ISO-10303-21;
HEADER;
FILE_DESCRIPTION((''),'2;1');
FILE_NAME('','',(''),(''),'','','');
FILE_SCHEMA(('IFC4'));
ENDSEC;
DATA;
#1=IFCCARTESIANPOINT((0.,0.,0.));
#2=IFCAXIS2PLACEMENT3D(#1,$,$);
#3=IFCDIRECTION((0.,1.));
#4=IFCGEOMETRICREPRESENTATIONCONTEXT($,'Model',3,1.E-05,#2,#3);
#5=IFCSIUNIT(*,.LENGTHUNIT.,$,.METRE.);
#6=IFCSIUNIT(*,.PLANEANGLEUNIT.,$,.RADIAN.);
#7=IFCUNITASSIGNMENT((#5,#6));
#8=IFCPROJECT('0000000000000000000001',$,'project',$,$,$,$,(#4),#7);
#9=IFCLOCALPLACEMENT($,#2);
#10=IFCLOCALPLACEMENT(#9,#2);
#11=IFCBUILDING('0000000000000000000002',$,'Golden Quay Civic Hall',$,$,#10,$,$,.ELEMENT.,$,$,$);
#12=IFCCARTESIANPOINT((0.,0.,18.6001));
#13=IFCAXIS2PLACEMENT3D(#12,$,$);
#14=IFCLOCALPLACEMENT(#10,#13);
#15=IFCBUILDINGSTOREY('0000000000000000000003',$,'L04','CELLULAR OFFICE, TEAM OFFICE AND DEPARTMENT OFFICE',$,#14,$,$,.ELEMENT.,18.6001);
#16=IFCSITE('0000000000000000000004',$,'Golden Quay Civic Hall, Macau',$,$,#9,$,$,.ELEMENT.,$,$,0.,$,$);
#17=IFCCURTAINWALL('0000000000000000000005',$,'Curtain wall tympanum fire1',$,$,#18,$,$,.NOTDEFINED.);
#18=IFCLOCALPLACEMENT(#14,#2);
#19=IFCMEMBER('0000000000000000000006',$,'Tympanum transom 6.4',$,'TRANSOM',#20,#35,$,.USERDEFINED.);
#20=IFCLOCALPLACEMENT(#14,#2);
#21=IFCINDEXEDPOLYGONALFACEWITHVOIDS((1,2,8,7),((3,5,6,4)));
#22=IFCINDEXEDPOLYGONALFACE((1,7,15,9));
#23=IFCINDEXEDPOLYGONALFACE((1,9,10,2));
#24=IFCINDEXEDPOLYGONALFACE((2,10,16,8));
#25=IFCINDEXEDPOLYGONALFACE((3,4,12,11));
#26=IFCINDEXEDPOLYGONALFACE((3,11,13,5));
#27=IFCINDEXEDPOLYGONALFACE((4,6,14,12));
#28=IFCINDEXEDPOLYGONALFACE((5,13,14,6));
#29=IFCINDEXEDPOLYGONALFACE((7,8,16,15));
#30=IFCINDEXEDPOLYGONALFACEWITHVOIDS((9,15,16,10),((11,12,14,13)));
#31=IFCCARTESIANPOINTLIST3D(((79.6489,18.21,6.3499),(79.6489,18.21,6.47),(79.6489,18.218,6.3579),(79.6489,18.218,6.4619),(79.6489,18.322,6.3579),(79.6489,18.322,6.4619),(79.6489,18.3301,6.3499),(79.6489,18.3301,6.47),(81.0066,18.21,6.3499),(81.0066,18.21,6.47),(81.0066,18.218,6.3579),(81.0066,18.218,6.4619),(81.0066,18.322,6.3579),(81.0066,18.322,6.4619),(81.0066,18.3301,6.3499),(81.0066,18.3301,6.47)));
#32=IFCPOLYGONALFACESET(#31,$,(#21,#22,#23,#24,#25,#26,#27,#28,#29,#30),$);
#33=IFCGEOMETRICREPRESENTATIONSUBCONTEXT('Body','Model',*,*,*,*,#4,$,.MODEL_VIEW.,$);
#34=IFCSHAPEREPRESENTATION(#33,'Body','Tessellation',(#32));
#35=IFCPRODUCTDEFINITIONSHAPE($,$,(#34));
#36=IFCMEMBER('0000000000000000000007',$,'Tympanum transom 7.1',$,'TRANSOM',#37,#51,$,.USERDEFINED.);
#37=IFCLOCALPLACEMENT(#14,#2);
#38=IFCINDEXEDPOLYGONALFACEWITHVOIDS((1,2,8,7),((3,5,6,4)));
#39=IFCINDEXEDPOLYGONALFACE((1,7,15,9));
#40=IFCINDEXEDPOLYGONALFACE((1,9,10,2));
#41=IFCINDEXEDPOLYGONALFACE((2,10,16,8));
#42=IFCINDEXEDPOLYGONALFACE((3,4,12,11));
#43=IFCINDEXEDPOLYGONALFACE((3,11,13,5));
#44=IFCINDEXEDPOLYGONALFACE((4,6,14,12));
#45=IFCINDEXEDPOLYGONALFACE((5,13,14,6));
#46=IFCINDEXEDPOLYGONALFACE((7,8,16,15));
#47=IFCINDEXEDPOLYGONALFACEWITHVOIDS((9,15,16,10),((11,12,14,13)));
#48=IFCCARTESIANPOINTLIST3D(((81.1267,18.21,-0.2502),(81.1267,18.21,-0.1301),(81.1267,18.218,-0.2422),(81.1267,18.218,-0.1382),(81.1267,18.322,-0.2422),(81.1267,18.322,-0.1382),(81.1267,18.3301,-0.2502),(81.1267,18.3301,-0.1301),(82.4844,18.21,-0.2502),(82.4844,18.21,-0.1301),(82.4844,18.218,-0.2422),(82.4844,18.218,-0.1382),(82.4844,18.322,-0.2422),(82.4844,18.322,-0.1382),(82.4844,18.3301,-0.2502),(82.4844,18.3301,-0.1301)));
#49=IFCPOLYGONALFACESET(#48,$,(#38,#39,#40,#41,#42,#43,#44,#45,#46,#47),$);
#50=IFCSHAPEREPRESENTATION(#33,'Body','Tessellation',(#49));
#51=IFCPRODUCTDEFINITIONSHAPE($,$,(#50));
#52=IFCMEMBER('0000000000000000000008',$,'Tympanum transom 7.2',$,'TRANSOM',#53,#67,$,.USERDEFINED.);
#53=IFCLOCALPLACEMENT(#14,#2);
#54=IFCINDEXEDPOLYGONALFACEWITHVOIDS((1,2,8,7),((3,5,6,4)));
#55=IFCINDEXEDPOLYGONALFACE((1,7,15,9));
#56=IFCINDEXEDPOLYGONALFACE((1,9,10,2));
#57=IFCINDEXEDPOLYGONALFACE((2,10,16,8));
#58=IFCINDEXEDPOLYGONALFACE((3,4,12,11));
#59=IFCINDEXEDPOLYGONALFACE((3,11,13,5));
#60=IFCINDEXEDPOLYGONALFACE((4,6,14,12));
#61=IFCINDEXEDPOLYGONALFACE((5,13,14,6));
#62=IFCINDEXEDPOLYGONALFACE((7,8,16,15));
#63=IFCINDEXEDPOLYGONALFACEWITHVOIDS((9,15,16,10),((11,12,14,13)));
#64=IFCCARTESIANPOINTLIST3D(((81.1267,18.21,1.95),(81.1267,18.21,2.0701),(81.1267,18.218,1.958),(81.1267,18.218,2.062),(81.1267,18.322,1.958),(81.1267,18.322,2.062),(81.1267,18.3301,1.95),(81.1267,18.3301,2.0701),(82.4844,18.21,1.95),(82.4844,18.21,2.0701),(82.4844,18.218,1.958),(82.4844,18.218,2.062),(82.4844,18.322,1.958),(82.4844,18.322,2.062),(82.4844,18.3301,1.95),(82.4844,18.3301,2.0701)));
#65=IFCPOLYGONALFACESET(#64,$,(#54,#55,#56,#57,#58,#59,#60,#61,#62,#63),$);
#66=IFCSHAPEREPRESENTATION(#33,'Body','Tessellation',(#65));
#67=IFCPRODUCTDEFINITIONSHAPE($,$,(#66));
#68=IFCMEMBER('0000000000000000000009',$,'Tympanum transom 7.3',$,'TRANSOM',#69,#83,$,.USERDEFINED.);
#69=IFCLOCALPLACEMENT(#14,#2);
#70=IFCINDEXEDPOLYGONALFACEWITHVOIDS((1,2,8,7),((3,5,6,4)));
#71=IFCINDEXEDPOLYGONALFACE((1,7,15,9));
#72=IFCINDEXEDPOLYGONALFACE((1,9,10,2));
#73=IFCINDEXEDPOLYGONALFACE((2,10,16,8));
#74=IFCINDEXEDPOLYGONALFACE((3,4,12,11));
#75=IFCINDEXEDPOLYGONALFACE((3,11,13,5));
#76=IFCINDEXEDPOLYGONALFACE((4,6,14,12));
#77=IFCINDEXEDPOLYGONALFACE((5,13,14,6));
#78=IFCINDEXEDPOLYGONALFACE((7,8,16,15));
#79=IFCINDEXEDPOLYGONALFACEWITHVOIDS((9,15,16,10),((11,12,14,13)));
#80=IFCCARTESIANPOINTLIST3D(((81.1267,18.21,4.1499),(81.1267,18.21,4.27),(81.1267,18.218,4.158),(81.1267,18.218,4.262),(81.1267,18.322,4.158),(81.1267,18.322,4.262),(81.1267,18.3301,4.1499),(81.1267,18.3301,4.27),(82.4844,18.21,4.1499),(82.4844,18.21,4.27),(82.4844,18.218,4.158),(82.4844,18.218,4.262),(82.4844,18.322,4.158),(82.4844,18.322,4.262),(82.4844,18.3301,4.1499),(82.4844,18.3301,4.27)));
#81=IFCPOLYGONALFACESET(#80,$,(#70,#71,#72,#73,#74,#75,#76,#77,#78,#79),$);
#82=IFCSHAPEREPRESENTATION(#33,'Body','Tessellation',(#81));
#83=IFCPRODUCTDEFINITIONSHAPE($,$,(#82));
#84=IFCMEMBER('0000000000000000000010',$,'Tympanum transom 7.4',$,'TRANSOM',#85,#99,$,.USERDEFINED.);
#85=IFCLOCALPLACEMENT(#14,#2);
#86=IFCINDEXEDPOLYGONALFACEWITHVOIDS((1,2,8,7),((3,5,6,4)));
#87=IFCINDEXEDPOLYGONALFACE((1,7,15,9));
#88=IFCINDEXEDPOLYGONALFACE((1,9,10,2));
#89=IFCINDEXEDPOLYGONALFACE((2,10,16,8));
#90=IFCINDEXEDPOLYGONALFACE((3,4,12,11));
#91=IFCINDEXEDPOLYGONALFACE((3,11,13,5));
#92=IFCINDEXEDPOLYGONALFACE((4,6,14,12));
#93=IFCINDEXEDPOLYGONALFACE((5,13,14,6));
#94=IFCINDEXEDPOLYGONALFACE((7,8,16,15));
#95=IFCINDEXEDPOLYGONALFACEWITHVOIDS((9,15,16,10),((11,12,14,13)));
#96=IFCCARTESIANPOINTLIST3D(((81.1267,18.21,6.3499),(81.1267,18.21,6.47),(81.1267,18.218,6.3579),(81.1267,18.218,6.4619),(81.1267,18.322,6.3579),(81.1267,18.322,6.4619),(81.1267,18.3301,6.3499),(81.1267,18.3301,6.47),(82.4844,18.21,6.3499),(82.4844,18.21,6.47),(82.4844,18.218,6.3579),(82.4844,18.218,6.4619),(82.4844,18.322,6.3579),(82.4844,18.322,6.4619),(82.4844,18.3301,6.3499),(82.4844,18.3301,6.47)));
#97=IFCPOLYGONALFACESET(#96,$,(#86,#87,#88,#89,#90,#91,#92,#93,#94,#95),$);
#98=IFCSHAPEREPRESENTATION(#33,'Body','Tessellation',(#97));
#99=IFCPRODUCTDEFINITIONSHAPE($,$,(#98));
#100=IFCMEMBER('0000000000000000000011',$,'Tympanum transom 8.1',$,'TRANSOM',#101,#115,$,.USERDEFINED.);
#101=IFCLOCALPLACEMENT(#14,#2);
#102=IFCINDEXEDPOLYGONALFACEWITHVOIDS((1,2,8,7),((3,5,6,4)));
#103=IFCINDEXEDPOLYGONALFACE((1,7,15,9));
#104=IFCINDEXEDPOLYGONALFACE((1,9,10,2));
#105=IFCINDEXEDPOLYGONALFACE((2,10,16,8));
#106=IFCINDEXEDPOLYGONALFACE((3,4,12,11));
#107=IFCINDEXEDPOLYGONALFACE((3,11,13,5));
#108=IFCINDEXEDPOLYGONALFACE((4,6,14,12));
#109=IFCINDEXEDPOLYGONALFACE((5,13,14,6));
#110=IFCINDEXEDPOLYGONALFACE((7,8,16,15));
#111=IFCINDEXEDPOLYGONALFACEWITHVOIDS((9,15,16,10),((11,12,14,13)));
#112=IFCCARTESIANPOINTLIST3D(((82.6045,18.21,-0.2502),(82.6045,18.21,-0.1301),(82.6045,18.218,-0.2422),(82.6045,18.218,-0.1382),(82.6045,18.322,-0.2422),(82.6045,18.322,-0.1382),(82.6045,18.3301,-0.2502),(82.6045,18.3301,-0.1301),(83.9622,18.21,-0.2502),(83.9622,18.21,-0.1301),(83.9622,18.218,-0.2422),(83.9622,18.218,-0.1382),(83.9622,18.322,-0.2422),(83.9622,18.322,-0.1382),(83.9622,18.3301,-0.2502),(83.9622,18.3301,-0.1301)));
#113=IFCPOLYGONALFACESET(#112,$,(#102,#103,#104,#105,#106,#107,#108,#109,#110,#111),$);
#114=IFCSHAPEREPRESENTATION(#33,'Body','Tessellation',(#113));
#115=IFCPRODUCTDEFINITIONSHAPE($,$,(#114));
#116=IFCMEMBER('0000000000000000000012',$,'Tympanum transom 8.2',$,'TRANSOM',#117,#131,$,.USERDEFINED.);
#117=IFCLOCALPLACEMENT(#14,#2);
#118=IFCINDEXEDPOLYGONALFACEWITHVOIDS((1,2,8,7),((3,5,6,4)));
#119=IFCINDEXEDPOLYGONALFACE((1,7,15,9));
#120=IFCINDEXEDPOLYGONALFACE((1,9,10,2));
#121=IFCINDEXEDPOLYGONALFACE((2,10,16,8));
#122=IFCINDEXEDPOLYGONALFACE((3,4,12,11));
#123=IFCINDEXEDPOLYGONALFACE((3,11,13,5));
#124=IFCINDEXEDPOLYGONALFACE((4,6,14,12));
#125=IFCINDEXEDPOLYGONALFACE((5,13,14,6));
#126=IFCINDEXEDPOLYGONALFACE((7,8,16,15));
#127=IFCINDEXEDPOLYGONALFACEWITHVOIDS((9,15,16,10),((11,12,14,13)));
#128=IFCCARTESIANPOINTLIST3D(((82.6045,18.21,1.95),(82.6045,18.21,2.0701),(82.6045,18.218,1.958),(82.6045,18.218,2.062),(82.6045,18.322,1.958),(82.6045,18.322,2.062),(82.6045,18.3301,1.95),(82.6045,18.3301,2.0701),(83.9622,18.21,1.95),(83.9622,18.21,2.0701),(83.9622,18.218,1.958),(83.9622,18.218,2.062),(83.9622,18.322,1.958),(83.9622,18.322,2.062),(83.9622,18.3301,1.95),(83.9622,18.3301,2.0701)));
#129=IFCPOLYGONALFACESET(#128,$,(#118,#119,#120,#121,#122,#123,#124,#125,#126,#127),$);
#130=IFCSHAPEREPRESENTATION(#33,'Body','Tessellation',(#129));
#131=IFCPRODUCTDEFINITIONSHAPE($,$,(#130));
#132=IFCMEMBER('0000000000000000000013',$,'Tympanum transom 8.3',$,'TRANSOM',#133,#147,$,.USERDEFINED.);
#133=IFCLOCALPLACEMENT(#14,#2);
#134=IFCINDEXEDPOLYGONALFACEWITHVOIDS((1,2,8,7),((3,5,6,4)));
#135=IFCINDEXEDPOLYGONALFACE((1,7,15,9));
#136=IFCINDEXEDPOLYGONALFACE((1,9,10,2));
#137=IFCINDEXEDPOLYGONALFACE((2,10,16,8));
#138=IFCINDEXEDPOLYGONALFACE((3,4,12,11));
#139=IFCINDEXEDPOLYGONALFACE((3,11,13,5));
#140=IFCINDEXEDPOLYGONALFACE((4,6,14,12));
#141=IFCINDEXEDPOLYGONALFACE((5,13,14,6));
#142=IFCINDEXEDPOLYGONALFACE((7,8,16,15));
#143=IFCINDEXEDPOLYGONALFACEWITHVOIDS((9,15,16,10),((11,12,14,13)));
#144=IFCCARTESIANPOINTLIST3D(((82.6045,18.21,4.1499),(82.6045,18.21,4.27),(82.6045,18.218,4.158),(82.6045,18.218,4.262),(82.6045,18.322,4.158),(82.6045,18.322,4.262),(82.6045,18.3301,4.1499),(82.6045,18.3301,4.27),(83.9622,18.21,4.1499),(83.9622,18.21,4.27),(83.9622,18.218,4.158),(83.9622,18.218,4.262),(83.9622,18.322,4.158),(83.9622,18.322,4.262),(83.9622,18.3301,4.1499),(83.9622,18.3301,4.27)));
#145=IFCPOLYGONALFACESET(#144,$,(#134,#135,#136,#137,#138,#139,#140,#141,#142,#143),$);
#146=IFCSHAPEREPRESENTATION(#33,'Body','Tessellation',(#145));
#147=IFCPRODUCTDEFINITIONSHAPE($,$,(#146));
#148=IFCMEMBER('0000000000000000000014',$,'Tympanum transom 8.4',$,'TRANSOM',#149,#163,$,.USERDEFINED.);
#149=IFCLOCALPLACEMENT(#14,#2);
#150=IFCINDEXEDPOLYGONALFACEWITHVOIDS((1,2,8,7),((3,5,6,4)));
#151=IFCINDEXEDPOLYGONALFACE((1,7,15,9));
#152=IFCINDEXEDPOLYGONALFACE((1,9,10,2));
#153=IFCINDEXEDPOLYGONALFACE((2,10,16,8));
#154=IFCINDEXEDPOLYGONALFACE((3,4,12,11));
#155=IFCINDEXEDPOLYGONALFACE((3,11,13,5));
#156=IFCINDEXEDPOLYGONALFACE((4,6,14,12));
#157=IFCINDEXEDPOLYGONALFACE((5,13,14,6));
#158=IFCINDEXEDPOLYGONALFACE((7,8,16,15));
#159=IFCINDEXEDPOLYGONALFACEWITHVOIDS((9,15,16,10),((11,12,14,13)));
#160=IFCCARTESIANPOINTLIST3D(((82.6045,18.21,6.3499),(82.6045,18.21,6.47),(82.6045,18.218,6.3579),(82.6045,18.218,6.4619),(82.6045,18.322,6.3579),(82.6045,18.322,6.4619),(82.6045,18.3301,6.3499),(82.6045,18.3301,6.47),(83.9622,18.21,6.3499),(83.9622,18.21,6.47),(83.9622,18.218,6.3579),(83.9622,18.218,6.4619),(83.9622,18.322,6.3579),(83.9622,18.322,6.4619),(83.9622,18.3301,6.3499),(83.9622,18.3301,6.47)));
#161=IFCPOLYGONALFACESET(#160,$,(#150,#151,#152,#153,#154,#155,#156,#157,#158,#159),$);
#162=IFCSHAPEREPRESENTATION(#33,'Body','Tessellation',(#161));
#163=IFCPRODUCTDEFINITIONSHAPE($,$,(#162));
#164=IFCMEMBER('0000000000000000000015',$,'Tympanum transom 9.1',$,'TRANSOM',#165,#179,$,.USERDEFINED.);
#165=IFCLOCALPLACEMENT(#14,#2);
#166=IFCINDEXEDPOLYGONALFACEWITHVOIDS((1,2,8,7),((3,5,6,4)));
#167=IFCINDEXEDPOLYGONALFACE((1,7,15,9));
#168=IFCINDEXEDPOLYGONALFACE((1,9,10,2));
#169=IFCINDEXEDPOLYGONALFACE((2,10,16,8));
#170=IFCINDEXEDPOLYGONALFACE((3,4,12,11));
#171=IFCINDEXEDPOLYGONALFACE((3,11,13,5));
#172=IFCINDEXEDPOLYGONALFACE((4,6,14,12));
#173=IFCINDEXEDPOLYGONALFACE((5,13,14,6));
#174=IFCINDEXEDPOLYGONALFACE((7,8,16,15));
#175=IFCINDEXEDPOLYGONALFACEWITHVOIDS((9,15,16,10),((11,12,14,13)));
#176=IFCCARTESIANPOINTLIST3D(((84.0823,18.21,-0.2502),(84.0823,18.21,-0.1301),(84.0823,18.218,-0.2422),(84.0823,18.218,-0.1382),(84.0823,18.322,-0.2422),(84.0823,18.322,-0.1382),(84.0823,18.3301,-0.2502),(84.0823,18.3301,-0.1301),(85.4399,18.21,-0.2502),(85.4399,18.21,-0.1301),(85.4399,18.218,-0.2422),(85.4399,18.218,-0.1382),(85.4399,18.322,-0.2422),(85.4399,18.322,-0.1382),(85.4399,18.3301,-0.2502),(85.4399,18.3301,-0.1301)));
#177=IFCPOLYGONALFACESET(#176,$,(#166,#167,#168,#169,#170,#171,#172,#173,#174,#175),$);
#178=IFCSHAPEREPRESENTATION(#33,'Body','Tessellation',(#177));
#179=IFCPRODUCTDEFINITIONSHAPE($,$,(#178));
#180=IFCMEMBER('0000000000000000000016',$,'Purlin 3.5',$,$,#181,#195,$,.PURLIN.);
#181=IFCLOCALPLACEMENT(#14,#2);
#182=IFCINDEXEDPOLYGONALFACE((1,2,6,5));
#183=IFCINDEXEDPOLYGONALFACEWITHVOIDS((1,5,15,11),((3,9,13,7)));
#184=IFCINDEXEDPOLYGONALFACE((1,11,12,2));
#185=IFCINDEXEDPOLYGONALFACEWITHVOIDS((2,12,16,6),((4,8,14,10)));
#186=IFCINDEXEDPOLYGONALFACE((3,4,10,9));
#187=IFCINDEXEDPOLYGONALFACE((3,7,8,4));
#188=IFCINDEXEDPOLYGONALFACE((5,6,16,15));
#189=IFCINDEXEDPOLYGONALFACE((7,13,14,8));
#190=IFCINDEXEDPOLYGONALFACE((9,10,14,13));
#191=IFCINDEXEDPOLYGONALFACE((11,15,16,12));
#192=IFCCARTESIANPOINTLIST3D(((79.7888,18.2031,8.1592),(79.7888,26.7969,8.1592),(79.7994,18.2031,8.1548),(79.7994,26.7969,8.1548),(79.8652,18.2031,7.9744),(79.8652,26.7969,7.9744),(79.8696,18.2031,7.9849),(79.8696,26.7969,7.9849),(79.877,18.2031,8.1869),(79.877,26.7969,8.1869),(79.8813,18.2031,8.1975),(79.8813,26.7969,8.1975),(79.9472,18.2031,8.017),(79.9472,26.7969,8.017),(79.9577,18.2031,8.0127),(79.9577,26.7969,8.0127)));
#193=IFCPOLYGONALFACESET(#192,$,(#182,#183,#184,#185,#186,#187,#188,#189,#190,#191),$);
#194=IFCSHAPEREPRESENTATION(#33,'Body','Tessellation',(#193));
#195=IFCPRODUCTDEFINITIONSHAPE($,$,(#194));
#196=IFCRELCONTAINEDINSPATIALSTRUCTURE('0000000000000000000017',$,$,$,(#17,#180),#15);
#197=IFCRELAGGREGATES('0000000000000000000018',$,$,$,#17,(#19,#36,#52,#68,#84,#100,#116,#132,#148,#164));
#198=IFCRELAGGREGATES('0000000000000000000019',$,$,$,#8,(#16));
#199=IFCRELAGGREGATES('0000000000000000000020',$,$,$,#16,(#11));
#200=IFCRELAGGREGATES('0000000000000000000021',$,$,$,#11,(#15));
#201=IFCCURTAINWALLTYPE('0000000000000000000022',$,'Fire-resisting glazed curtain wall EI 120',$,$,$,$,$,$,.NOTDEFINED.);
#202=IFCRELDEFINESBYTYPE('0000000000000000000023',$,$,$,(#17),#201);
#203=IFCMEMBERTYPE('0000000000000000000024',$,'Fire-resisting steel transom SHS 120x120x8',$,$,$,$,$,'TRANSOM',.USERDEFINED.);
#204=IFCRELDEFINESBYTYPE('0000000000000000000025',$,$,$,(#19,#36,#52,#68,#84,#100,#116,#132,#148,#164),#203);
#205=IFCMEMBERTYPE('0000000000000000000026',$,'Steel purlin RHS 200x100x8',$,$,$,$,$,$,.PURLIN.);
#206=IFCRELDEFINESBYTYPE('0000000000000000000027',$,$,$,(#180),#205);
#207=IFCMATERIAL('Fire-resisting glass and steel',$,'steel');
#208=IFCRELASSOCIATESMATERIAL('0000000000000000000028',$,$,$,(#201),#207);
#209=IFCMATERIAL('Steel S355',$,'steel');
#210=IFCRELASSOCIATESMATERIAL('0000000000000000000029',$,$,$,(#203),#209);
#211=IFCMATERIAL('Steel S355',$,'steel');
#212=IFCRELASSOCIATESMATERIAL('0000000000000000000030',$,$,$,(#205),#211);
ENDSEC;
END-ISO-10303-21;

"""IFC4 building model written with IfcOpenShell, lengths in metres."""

from ifc_helpers import new_model, si_unit, direction, frame, origin, origin_2d, place, context, subcontext, project, spatial, hollow_rectangle, extrude, material, material_profile, profile_set, type_object, element, aggregate, save


model = new_model("IFC4")

# Units and contexts
model_context = context("Model", 3, precision=1e-05, world=origin(), true_north=direction((0.0, 1.0)))
body_context = subcontext(model_context, "Body", "Model", "MODEL_VIEW")
ifc_project = project(units=[si_unit("LENGTHUNIT", "METRE"), si_unit("PLANEANGLEUNIT", "RADIAN")], contexts=[model_context])

# Site, building, storey
site_placement = place(None, origin())
site = spatial("IfcSite", under=ifc_project, at=site_placement, Name="Golden Quay Civic Hall, Macau", CompositionType="ELEMENT", RefElevation=0.0)
building_placement = place(site_placement, origin())
building = spatial("IfcBuilding", under=site, at=building_placement, Name="Golden Quay Civic Hall", CompositionType="ELEMENT")
storey_placement = place(building_placement, frame((0.0, 0.0, 18.6001)))
storey = spatial("IfcBuildingStorey", under=building, at=storey_placement, Name="L04", Description="CELLULAR OFFICE, TEAM OFFICE AND DEPARTMENT OFFICE", CompositionType="ELEMENT", Elevation=18.6001)

# Curtain wall, members
ifc_material_1 = material(Name="Fire-resisting glass and steel", Category="steel")
curtain_wall_type = type_object("IfcCurtainWallType", Name="Fire-resisting glazed curtain wall EI 120", PredefinedType="NOTDEFINED", material=ifc_material_1)
curtain_wall_placement = place(storey_placement, origin())
curtain_wall = element("IfcCurtainWall", 1, at=curtain_wall_placement, inside=storey, type_object=curtain_wall_type, Name="Curtain wall tympanum fire1", PredefinedType="NOTDEFINED")
ifc_material_2 = material(Name="Steel S355", Category="steel")
ifc_material_profile_1 = material_profile(ifc_material_2, hollow_rectangle(XDim=0.1201, YDim=0.1201, WallThickness=0.0081, at=origin_2d()), Name="SHS 120x120x8")
ifc_profile_set_1 = profile_set([ifc_material_profile_1], Name="Steel S355")
member_type_1 = type_object("IfcMemberType", Name="Fire-resisting steel transom SHS 120x120x8", ElementType="TRANSOM", PredefinedType="USERDEFINED", material=ifc_profile_set_1)
member_1_placement = place(storey_placement, frame((79.6489, 18.27, 6.4099), z_axis=(1.0, 0.0, 0.0), x_axis=(0.0, 1.0, 0.0)))
member_1 = element("IfcMember", 2, at=member_1_placement, type_object=member_type_1, Name="Tympanum transom 6.4", ObjectType="TRANSOM", PredefinedType="USERDEFINED", context=body_context, shape_type="SweptSolid", body=[
    extrude(hollow_rectangle(XDim=0.1201, YDim=0.1201, WallThickness=0.0081, at=origin_2d()), origin(), (0.0, 0.0, 1.0), 1.3577),
])
member_2_placement = place(storey_placement, frame((81.1267, 18.27, -0.1902), z_axis=(1.0, 0.0, 0.0), x_axis=(0.0, 1.0, 0.0)))
member_2 = element("IfcMember", 3, at=member_2_placement, type_object=member_type_1, Name="Tympanum transom 7.1", ObjectType="TRANSOM", PredefinedType="USERDEFINED", context=body_context, shape_type="SweptSolid", body=[
    extrude(hollow_rectangle(XDim=0.1201, YDim=0.1201, WallThickness=0.0081, at=origin_2d()), origin(), (0.0, 0.0, 1.0), 1.3577),
])
member_3_placement = place(storey_placement, frame((81.1267, 18.27, 2.01), z_axis=(1.0, 0.0, 0.0), x_axis=(0.0, 1.0, 0.0)))
member_3 = element("IfcMember", 4, at=member_3_placement, type_object=member_type_1, Name="Tympanum transom 7.2", ObjectType="TRANSOM", PredefinedType="USERDEFINED", context=body_context, shape_type="SweptSolid", body=[
    extrude(hollow_rectangle(XDim=0.1201, YDim=0.1201, WallThickness=0.0081, at=origin_2d()), origin(), (0.0, 0.0, 1.0), 1.3577),
])
member_4_placement = place(storey_placement, frame((81.1267, 18.27, 4.21), z_axis=(1.0, 0.0, 0.0), x_axis=(0.0, 1.0, 0.0)))
member_4 = element("IfcMember", 5, at=member_4_placement, type_object=member_type_1, Name="Tympanum transom 7.3", ObjectType="TRANSOM", PredefinedType="USERDEFINED", context=body_context, shape_type="SweptSolid", body=[
    extrude(hollow_rectangle(XDim=0.1201, YDim=0.1201, WallThickness=0.0081, at=origin_2d()), origin(), (0.0, 0.0, 1.0), 1.3577),
])
member_5_placement = place(storey_placement, frame((81.1267, 18.27, 6.4099), z_axis=(1.0, 0.0, 0.0), x_axis=(0.0, 1.0, 0.0)))
member_5 = element("IfcMember", 6, at=member_5_placement, type_object=member_type_1, Name="Tympanum transom 7.4", ObjectType="TRANSOM", PredefinedType="USERDEFINED", context=body_context, shape_type="SweptSolid", body=[
    extrude(hollow_rectangle(XDim=0.1201, YDim=0.1201, WallThickness=0.0081, at=origin_2d()), origin(), (0.0, 0.0, 1.0), 1.3577),
])
member_6_placement = place(storey_placement, frame((82.6045, 18.27, -0.1902), z_axis=(1.0, 0.0, 0.0), x_axis=(0.0, 1.0, 0.0)))
member_6 = element("IfcMember", 7, at=member_6_placement, type_object=member_type_1, Name="Tympanum transom 8.1", ObjectType="TRANSOM", PredefinedType="USERDEFINED", context=body_context, shape_type="SweptSolid", body=[
    extrude(hollow_rectangle(XDim=0.1201, YDim=0.1201, WallThickness=0.0081, at=origin_2d()), origin(), (0.0, 0.0, 1.0), 1.3577),
])
member_7_placement = place(storey_placement, frame((82.6045, 18.27, 2.01), z_axis=(1.0, 0.0, 0.0), x_axis=(0.0, 1.0, 0.0)))
member_7 = element("IfcMember", 8, at=member_7_placement, type_object=member_type_1, Name="Tympanum transom 8.2", ObjectType="TRANSOM", PredefinedType="USERDEFINED", context=body_context, shape_type="SweptSolid", body=[
    extrude(hollow_rectangle(XDim=0.1201, YDim=0.1201, WallThickness=0.0081, at=origin_2d()), origin(), (0.0, 0.0, 1.0), 1.3577),
])
member_8_placement = place(storey_placement, frame((82.6045, 18.27, 4.21), z_axis=(1.0, 0.0, 0.0), x_axis=(0.0, 1.0, 0.0)))
member_8 = element("IfcMember", 9, at=member_8_placement, type_object=member_type_1, Name="Tympanum transom 8.3", ObjectType="TRANSOM", PredefinedType="USERDEFINED", context=body_context, shape_type="SweptSolid", body=[
    extrude(hollow_rectangle(XDim=0.1201, YDim=0.1201, WallThickness=0.0081, at=origin_2d()), origin(), (0.0, 0.0, 1.0), 1.3577),
])
member_9_placement = place(storey_placement, frame((82.6045, 18.27, 6.4099), z_axis=(1.0, 0.0, 0.0), x_axis=(0.0, 1.0, 0.0)))
member_9 = element("IfcMember", 10, at=member_9_placement, type_object=member_type_1, Name="Tympanum transom 8.4", ObjectType="TRANSOM", PredefinedType="USERDEFINED", context=body_context, shape_type="SweptSolid", body=[
    extrude(hollow_rectangle(XDim=0.1201, YDim=0.1201, WallThickness=0.0081, at=origin_2d()), origin(), (0.0, 0.0, 1.0), 1.3577),
])
member_10_placement = place(storey_placement, frame((84.0823, 18.27, -0.1902), z_axis=(1.0, 0.0, 0.0), x_axis=(0.0, 1.0, 0.0)))
member_10 = element("IfcMember", 11, at=member_10_placement, type_object=member_type_1, Name="Tympanum transom 9.1", ObjectType="TRANSOM", PredefinedType="USERDEFINED", context=body_context, shape_type="SweptSolid", body=[
    extrude(hollow_rectangle(XDim=0.1201, YDim=0.1201, WallThickness=0.0081, at=origin_2d()), origin(), (0.0, 0.0, 1.0), 1.3577),
])
aggregate(curtain_wall, [member_1, member_2, member_3, member_4, member_5, member_6, member_7, member_8, member_9, member_10])

# Member
ifc_material_3 = material(Name="Steel S355", Category="steel")
ifc_material_profile_2 = material_profile(ifc_material_3, hollow_rectangle(XDim=0.1001, YDim=0.2, WallThickness=0.0081, at=origin_2d()), Name="RHS 200x100x8")
ifc_profile_set_2 = profile_set([ifc_material_profile_2], Name="Steel S355")
member_type_2 = type_object("IfcMemberType", Name="Steel purlin RHS 200x100x8", PredefinedType="PURLIN", material=ifc_profile_set_2)
for number, where, z_axis, x_axis, name in (
    (12, (79.8733, 18.2031, 8.0859), (0.0, 1.0, 0.0), (-0.924146, 0.0, -0.382039), "Purlin 3.5"),
):
    element("IfcMember", number, at=place(storey_placement, frame(where, z_axis=z_axis, x_axis=x_axis)), inside=storey, type_object=member_type_2, Name=name, PredefinedType="PURLIN", context=body_context, shape_type="SweptSolid", body=[
        extrude(hollow_rectangle(XDim=0.1001, YDim=0.2, WallThickness=0.0081, at=origin_2d()), origin(), (0.0, 0.0, 1.0), 8.5938),
    ])

save(model, "model.ifc")
